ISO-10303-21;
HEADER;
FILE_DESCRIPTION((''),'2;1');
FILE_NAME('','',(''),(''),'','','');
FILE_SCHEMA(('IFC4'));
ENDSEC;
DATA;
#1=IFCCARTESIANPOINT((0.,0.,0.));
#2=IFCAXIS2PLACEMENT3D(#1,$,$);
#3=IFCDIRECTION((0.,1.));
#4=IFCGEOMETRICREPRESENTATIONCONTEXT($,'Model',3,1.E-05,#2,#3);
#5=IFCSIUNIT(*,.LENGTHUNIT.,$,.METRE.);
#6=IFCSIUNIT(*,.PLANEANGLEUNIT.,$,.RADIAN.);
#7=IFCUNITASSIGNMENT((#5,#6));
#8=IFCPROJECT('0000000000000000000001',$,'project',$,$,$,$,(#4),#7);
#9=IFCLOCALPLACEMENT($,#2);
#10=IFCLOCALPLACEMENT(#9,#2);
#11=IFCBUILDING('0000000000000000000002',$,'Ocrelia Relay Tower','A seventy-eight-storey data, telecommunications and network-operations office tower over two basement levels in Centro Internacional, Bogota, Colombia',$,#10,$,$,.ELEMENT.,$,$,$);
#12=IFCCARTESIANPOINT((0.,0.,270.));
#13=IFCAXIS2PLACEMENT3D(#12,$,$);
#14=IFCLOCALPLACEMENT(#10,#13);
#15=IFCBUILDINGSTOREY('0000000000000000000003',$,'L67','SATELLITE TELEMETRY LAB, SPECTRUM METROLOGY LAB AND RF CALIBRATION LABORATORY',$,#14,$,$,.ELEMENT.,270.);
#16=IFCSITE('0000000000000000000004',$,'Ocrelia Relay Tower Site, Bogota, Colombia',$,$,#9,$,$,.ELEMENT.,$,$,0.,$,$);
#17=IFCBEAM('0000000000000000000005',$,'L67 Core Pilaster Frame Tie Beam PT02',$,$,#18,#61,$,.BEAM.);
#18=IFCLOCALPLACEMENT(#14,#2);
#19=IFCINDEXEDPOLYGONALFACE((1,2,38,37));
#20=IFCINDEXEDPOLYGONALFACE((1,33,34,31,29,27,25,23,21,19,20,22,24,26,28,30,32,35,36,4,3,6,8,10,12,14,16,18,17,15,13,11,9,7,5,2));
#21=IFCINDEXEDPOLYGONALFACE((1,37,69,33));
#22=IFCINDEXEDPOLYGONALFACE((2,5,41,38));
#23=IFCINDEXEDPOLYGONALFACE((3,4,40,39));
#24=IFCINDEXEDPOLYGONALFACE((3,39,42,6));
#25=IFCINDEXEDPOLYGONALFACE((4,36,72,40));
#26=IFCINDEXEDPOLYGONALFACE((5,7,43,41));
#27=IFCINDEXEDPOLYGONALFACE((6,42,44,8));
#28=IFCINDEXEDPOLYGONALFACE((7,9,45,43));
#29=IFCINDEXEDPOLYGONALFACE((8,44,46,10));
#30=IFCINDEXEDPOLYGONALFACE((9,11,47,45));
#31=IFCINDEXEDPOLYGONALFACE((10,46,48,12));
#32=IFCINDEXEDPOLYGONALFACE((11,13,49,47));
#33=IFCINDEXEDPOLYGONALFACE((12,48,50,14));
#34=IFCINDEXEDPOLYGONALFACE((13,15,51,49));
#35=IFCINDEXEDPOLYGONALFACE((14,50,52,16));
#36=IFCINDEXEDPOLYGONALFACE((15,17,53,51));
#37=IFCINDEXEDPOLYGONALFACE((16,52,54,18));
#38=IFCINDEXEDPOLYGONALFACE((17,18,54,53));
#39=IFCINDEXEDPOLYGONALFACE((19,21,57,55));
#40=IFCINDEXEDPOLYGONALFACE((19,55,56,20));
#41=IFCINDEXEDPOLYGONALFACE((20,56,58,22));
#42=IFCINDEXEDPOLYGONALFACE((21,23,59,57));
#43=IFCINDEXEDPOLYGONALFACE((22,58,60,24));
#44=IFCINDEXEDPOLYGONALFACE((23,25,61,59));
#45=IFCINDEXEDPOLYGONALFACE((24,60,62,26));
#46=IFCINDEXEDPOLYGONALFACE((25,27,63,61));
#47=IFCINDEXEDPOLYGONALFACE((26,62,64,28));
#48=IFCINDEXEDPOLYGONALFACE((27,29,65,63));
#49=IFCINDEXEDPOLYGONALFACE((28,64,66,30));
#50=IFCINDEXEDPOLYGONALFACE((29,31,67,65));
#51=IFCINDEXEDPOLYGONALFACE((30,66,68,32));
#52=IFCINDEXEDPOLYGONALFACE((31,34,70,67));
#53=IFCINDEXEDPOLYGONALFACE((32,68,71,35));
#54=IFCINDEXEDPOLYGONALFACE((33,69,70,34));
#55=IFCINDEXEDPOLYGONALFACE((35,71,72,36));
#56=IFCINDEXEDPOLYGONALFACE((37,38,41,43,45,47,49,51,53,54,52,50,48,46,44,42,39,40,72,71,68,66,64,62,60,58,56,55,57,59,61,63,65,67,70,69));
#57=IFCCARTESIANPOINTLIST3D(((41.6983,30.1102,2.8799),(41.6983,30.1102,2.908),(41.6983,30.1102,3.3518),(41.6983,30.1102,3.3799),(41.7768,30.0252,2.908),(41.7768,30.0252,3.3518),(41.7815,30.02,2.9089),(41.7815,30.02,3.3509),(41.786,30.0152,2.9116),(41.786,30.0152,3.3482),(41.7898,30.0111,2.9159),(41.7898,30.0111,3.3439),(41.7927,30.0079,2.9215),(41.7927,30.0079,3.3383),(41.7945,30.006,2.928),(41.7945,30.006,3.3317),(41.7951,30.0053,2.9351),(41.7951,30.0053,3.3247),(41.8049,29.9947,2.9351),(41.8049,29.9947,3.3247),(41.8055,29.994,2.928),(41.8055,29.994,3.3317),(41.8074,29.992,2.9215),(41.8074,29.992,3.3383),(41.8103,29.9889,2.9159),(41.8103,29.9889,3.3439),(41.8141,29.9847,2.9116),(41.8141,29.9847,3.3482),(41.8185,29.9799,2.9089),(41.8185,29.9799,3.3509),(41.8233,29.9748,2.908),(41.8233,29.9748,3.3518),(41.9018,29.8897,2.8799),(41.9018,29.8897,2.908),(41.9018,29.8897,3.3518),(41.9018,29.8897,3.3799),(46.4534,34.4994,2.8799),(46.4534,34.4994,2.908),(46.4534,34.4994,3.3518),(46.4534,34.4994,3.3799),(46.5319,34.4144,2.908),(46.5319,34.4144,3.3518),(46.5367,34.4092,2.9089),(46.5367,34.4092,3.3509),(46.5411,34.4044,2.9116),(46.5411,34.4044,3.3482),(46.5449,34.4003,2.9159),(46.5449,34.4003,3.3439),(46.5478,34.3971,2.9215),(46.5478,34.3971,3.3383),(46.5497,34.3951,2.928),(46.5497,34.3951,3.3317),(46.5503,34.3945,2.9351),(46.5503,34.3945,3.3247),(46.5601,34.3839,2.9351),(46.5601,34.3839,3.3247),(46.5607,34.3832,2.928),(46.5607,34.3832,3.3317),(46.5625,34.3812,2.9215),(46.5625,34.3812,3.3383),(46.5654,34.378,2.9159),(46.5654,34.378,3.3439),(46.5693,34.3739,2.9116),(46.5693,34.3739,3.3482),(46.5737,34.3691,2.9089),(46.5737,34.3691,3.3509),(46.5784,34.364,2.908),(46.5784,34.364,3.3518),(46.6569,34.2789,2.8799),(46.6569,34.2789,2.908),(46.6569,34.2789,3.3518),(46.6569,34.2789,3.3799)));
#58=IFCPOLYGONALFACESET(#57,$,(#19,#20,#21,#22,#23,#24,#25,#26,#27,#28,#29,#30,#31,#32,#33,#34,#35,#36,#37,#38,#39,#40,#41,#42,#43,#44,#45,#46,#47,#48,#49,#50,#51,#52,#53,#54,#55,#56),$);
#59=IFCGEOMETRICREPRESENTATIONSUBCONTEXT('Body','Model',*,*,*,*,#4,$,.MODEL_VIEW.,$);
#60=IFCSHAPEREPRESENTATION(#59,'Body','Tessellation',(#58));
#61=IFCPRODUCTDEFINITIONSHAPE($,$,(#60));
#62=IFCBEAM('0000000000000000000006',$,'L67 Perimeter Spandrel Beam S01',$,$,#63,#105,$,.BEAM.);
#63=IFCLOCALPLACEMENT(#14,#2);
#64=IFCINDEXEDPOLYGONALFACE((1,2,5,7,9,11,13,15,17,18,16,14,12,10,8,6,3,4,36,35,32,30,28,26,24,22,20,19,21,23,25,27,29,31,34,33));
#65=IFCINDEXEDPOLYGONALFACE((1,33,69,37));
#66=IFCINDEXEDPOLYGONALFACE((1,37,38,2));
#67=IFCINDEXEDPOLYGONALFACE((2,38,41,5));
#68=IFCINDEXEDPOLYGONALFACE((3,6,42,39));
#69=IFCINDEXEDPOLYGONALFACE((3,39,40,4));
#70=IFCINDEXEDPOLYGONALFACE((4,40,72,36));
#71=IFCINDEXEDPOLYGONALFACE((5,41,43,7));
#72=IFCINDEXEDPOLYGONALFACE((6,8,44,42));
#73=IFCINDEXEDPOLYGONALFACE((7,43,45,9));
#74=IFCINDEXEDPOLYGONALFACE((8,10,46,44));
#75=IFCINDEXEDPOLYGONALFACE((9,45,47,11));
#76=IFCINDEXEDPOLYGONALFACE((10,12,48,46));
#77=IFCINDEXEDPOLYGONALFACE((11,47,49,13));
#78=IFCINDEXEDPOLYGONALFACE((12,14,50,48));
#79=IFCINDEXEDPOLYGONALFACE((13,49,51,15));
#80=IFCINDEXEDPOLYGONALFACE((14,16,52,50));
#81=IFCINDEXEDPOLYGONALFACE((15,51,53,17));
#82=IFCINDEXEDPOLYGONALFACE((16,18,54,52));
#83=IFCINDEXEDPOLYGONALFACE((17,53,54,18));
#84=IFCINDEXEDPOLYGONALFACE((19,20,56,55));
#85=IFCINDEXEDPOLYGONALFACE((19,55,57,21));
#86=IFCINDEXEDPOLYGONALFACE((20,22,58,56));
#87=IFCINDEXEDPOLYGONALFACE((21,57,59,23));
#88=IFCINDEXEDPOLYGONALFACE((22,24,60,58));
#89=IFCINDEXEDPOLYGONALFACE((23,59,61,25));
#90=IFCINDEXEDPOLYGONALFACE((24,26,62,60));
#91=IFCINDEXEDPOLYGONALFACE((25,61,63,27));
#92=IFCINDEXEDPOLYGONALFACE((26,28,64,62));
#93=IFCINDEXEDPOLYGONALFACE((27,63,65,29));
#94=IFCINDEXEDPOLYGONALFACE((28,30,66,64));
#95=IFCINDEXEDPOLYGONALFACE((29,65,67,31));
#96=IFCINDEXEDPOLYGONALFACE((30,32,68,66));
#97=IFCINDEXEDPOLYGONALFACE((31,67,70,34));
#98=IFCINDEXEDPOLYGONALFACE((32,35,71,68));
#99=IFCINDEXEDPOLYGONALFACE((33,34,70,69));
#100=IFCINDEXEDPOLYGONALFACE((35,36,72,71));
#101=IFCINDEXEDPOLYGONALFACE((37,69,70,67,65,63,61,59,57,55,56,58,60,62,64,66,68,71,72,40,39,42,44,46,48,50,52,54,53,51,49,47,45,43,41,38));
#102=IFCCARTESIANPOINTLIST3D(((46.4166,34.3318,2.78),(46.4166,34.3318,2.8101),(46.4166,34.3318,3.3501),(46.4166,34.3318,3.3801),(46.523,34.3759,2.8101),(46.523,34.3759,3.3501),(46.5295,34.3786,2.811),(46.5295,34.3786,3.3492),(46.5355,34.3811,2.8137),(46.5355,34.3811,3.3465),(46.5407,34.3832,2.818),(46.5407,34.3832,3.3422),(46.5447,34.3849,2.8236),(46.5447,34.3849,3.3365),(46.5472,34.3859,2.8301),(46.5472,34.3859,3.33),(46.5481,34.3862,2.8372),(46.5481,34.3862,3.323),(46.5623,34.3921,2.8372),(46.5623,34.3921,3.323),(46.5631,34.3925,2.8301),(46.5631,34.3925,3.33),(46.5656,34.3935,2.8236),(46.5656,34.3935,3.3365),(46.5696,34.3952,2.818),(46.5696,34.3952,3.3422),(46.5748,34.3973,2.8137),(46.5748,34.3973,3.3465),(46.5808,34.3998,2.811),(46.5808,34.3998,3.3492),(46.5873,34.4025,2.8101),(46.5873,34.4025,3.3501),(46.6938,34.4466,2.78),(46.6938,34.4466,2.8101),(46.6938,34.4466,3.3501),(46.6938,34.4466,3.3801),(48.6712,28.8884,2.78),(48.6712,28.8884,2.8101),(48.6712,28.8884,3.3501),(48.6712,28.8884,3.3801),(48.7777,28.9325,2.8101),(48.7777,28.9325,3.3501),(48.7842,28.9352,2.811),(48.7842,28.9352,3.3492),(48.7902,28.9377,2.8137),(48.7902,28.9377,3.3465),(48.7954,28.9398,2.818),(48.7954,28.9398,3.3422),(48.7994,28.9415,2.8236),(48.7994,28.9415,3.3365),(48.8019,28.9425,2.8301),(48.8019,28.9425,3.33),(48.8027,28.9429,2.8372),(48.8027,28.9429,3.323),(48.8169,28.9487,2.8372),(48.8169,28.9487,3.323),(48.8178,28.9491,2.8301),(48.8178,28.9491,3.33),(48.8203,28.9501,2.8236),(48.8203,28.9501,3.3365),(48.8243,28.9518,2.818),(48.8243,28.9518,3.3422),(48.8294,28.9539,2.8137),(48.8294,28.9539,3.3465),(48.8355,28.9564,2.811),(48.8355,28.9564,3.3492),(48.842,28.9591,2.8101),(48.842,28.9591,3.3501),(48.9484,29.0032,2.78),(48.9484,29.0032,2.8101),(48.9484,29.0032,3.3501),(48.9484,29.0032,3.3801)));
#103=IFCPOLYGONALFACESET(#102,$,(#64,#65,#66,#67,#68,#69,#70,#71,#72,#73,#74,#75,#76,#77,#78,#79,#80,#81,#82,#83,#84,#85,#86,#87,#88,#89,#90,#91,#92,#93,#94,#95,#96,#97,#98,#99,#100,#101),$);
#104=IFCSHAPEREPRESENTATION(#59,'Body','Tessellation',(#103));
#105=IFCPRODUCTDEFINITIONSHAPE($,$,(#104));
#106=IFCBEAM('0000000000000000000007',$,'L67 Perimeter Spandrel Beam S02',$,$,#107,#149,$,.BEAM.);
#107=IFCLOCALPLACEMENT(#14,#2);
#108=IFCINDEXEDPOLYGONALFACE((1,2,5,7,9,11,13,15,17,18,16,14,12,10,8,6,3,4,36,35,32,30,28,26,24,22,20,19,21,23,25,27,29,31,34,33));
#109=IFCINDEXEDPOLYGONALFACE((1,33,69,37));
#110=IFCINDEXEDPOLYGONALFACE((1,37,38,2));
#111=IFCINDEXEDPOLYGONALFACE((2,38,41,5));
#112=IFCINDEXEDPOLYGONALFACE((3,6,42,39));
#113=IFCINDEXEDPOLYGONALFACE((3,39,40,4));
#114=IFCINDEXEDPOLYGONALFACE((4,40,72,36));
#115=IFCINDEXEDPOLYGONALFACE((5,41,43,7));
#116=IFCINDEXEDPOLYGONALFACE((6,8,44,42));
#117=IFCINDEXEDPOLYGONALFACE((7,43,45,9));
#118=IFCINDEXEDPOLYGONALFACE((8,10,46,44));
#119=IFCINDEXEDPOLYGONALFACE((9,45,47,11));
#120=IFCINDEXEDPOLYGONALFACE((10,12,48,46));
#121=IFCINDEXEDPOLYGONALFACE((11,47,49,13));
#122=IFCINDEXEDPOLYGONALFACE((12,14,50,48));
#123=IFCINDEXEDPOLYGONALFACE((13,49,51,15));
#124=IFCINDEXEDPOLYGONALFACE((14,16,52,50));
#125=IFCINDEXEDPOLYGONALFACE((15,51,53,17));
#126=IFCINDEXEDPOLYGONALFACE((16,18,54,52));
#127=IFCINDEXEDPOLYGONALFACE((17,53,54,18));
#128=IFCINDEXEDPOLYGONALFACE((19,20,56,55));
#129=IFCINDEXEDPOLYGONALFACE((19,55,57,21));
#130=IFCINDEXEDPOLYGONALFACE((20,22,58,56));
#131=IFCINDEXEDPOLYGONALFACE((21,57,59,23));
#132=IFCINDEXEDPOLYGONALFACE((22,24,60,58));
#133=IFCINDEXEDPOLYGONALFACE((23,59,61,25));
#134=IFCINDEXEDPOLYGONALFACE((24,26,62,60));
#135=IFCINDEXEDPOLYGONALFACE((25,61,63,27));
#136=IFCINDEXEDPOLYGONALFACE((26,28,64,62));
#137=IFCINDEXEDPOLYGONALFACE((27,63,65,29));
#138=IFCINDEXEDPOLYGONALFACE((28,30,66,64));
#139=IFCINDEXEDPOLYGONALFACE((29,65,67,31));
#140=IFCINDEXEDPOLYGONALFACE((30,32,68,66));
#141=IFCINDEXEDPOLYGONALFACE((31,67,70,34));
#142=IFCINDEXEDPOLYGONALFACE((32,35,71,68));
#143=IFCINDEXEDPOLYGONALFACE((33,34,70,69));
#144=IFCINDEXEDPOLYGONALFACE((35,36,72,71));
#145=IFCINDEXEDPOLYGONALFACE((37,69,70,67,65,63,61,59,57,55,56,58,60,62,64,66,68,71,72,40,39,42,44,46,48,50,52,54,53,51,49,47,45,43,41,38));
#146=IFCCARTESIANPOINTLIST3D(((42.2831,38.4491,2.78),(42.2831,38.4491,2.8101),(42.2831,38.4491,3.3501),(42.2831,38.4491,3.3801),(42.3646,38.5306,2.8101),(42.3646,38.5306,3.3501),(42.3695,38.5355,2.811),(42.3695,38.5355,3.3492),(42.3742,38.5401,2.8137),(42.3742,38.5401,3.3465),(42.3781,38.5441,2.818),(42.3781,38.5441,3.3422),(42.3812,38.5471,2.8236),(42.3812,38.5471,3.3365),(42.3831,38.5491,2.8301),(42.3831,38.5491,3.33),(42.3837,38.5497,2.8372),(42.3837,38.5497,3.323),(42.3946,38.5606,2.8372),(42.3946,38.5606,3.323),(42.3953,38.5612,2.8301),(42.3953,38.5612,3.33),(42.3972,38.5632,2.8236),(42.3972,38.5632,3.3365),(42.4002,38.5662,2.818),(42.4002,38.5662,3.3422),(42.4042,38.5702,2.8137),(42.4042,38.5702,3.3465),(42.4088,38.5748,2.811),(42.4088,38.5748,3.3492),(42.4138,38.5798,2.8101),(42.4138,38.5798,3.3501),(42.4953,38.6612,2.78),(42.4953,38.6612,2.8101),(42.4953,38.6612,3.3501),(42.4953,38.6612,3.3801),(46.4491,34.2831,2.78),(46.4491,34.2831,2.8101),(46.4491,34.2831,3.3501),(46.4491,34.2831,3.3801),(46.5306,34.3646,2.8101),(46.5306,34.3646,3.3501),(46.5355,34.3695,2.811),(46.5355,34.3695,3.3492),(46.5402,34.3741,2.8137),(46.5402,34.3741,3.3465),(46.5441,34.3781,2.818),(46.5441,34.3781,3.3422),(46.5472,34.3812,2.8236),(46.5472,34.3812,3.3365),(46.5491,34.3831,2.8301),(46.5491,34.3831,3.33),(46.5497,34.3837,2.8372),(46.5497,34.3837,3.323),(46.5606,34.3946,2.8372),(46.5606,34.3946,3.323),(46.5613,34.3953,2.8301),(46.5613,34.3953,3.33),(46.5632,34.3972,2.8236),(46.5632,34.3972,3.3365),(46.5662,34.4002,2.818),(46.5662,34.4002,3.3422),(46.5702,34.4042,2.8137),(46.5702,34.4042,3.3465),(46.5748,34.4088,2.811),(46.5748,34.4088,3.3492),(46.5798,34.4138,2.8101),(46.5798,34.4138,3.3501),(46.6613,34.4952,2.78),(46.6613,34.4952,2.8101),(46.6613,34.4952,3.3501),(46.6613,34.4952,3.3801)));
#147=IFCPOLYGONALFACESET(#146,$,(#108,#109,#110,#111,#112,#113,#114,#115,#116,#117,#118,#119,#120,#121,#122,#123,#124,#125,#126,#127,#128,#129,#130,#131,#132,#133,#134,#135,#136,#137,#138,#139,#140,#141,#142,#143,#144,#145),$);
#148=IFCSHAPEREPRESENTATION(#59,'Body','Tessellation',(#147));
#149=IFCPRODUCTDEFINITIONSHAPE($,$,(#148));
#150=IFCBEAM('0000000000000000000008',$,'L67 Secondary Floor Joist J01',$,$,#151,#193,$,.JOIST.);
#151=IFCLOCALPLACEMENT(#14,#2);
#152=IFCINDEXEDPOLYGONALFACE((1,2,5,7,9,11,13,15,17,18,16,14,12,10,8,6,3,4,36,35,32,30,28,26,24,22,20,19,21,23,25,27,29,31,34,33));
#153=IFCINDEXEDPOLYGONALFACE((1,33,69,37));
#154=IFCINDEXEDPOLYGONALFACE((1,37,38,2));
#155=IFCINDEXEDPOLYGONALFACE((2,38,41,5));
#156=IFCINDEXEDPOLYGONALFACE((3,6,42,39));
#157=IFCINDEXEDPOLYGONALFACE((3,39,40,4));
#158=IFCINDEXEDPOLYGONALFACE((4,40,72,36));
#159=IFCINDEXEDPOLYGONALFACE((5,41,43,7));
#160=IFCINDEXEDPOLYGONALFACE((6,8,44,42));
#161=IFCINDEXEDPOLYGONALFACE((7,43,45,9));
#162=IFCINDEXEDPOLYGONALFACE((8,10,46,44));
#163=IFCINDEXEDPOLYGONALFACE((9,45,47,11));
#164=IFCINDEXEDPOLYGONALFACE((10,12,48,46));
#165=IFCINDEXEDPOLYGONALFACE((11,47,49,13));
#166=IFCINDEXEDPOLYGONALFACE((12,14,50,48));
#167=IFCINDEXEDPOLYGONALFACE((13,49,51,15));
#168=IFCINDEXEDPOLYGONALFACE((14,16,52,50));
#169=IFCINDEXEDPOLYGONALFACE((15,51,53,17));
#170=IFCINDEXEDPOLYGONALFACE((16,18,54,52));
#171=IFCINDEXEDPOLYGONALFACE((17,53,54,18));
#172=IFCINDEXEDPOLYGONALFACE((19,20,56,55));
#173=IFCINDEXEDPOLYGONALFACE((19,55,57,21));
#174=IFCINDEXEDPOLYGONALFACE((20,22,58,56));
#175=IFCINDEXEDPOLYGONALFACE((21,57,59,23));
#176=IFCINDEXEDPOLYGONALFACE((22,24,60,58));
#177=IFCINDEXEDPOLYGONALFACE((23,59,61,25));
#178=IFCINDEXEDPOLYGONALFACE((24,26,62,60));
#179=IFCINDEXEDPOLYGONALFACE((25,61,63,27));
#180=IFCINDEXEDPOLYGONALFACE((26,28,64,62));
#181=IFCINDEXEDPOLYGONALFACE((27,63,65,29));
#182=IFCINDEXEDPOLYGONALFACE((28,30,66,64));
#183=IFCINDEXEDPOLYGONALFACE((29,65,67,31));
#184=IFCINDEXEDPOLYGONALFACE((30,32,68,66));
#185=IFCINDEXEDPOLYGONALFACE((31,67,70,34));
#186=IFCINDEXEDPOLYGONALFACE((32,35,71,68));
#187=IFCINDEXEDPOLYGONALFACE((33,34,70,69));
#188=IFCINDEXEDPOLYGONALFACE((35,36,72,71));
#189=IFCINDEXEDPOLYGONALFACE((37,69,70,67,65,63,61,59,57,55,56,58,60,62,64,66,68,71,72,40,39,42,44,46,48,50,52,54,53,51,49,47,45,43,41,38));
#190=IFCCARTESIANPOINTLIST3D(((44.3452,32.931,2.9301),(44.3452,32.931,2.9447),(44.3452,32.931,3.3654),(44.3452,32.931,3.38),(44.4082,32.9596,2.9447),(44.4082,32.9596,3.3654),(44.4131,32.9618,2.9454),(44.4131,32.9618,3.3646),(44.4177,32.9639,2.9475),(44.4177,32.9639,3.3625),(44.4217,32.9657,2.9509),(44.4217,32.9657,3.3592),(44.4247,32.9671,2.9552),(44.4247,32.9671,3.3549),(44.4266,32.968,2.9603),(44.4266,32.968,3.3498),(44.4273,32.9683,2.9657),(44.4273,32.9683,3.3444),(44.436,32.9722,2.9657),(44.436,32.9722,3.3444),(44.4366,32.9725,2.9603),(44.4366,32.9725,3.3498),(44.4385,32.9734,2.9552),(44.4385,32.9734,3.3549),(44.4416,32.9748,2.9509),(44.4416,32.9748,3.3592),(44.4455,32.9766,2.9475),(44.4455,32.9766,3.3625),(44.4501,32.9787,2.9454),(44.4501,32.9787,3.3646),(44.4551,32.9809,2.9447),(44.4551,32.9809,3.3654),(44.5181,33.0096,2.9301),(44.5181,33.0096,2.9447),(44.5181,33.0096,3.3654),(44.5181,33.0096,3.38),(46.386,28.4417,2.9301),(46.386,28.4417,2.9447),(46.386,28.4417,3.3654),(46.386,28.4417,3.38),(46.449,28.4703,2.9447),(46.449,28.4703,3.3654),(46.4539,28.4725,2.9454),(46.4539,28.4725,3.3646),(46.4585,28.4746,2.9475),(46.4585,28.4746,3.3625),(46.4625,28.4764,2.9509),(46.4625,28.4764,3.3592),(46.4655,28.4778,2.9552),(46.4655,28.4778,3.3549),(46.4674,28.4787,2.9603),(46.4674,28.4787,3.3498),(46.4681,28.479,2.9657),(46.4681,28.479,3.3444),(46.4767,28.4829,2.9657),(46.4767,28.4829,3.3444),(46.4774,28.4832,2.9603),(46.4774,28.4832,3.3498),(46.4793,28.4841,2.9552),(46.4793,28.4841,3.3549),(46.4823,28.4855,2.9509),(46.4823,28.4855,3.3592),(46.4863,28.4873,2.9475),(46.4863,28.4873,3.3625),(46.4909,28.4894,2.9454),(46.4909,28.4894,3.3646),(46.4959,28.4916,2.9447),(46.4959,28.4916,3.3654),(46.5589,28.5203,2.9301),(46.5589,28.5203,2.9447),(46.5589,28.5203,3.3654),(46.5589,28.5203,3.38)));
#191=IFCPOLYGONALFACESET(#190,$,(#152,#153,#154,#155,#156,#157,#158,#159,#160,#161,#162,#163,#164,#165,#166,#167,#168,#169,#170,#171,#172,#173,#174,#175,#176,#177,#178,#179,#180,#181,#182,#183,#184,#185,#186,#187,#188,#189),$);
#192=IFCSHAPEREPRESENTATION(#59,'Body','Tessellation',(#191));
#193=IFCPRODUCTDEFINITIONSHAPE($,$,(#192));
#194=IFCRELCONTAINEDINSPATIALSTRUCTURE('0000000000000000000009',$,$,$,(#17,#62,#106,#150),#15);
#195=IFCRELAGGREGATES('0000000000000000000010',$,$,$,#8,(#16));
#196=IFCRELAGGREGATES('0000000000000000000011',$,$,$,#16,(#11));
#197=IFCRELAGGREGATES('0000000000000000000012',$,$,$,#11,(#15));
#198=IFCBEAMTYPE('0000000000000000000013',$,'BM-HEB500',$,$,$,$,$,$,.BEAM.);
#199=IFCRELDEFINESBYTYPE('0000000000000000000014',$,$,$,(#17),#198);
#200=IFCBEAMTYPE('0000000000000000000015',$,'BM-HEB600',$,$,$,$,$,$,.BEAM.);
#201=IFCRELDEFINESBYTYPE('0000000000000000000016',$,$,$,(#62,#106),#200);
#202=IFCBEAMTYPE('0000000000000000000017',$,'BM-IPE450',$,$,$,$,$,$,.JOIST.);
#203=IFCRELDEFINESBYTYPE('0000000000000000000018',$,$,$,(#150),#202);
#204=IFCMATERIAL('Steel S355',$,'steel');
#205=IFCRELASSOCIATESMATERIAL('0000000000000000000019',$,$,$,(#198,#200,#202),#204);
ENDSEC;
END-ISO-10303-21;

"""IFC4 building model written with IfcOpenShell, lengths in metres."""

from ifc_helpers import new_model, si_unit, direction, frame, origin, origin_2d, place, context, subcontext, project, spatial, i_section, extrude, material, material_profile, profile_set, type_object, element, save


model = new_model("IFC4")

# Units and contexts
model_context = context("Model", 3, precision=1e-05, world=origin(), true_north=direction((0.0, 1.0)))
body_context = subcontext(model_context, "Body", "Model", "MODEL_VIEW")
ifc_project = project(units=[si_unit("LENGTHUNIT", "METRE"), si_unit("PLANEANGLEUNIT", "RADIAN")], contexts=[model_context])

# Site, building, storey
site_placement = place(None, origin())
site = spatial("IfcSite", under=ifc_project, at=site_placement, Name="Ocrelia Relay Tower Site, Bogota, Colombia", CompositionType="ELEMENT", RefElevation=0.0)
building_placement = place(site_placement, origin())
building = spatial("IfcBuilding", under=site, at=building_placement, Name="Ocrelia Relay Tower", Description="A seventy-eight-storey data, telecommunications and network-operations office tower over two basement levels in Centro Internacional, Bogota, Colombia", CompositionType="ELEMENT")
storey_placement = place(building_placement, frame((0.0, 0.0, 270.0)))
storey = spatial("IfcBuildingStorey", under=building, at=storey_placement, Name="L67", Description="SATELLITE TELEMETRY LAB, SPECTRUM METROLOGY LAB AND RF CALIBRATION LABORATORY", CompositionType="ELEMENT", Elevation=270.0)

# Beams
ifc_material_1 = material(Name="Steel S355", Category="steel")
ifc_material_profile_1 = material_profile(ifc_material_1, i_section(OverallWidth=0.3, OverallDepth=0.5, WebThickness=0.0144, FlangeThickness=0.0281, FilletRadius=0.0271, at=origin_2d()), Name="HEB 500")
ifc_profile_set_1 = profile_set([ifc_material_profile_1], Name="Steel S355")
beam_type_1 = type_object("IfcBeamType", Name="BM-HEB500", PredefinedType="BEAM", material=ifc_profile_set_1)
beam_1_placement = place(storey_placement, frame((46.5552, 34.3892, 3.1299), z_axis=(-0.734818, -0.678264, 0.0), x_axis=(0.678264, -0.734818, 0.0)))
element("IfcBeam", 1, at=beam_1_placement, inside=storey, type_object=beam_type_1, Name="L67 Core Pilaster Frame Tie Beam PT02", PredefinedType="BEAM", context=body_context, shape_type="SweptSolid", body=[
    extrude(i_section(OverallWidth=0.3, OverallDepth=0.5, WebThickness=0.0144, FlangeThickness=0.0281, FilletRadius=0.0271, at=origin_2d()), origin(), (0.0, 0.0, 1.0), 6.4712),
])
ifc_material_profile_2 = material_profile(ifc_material_1, i_section(OverallWidth=0.3, OverallDepth=0.6001, WebThickness=0.0154, FlangeThickness=0.03, FilletRadius=0.0271, at=origin_2d()), Name="HEB 600")
ifc_profile_set_2 = profile_set([ifc_material_profile_2], Name="Steel S355")
beam_type_2 = type_object("IfcBeamType", Name="BM-HEB600", PredefinedType="BEAM", material=ifc_profile_set_2)
beam_2_placement = place(storey_placement, frame((48.8098, 28.9458, 3.0801), z_axis=(-0.382673, 0.923884, 0.0), x_axis=(-0.923884, -0.382673, 0.0)))
element("IfcBeam", 2, at=beam_2_placement, inside=storey, type_object=beam_type_2, Name="L67 Perimeter Spandrel Beam S01", PredefinedType="BEAM", context=body_context, shape_type="SweptSolid", body=[
    extrude(i_section(OverallWidth=0.3, OverallDepth=0.6001, WebThickness=0.0154, FlangeThickness=0.03, FilletRadius=0.0271, at=origin_2d()), origin(), (0.0, 0.0, 1.0), 5.8918),
])
beam_3_placement = place(storey_placement, frame((46.5552, 34.3892, 3.0801), z_axis=(-0.707107, 0.707107, 0.0), x_axis=(-0.707107, -0.707107, 0.0)))
element("IfcBeam", 3, at=beam_3_placement, inside=storey, type_object=beam_type_2, Name="L67 Perimeter Spandrel Beam S02", PredefinedType="BEAM", context=body_context, shape_type="SweptSolid", body=[
    extrude(i_section(OverallWidth=0.3, OverallDepth=0.6001, WebThickness=0.0154, FlangeThickness=0.03, FilletRadius=0.0271, at=origin_2d()), origin(), (0.0, 0.0, 1.0), 5.8916),
])
ifc_material_profile_3 = material_profile(ifc_material_1, i_section(OverallWidth=0.1899, OverallDepth=0.45, WebThickness=0.0095, FlangeThickness=0.0146, FilletRadius=0.021, at=origin_2d()), Name="IPE 450")
ifc_profile_set_3 = profile_set([ifc_material_profile_3], Name="Steel S355")
beam_type_3 = type_object("IfcBeamType", Name="BM-IPE450", PredefinedType="JOIST", material=ifc_profile_set_3)
beam_4_placement = place(storey_placement, frame((46.4724, 28.481, 3.155), z_axis=(-0.413837, 0.910351, 0.0), x_axis=(-0.910351, -0.413837, 0.0)))
element("IfcBeam", 4, at=beam_4_placement, inside=storey, type_object=beam_type_3, Name="L67 Secondary Floor Joist J01", PredefinedType="JOIST", context=body_context, shape_type="SweptSolid", body=[
    extrude(i_section(OverallWidth=0.1899, OverallDepth=0.45, WebThickness=0.0095, FlangeThickness=0.0146, FilletRadius=0.021, at=origin_2d()), origin(), (0.0, 0.0, 1.0), 4.9314),
])

save(model, "model.ifc")
